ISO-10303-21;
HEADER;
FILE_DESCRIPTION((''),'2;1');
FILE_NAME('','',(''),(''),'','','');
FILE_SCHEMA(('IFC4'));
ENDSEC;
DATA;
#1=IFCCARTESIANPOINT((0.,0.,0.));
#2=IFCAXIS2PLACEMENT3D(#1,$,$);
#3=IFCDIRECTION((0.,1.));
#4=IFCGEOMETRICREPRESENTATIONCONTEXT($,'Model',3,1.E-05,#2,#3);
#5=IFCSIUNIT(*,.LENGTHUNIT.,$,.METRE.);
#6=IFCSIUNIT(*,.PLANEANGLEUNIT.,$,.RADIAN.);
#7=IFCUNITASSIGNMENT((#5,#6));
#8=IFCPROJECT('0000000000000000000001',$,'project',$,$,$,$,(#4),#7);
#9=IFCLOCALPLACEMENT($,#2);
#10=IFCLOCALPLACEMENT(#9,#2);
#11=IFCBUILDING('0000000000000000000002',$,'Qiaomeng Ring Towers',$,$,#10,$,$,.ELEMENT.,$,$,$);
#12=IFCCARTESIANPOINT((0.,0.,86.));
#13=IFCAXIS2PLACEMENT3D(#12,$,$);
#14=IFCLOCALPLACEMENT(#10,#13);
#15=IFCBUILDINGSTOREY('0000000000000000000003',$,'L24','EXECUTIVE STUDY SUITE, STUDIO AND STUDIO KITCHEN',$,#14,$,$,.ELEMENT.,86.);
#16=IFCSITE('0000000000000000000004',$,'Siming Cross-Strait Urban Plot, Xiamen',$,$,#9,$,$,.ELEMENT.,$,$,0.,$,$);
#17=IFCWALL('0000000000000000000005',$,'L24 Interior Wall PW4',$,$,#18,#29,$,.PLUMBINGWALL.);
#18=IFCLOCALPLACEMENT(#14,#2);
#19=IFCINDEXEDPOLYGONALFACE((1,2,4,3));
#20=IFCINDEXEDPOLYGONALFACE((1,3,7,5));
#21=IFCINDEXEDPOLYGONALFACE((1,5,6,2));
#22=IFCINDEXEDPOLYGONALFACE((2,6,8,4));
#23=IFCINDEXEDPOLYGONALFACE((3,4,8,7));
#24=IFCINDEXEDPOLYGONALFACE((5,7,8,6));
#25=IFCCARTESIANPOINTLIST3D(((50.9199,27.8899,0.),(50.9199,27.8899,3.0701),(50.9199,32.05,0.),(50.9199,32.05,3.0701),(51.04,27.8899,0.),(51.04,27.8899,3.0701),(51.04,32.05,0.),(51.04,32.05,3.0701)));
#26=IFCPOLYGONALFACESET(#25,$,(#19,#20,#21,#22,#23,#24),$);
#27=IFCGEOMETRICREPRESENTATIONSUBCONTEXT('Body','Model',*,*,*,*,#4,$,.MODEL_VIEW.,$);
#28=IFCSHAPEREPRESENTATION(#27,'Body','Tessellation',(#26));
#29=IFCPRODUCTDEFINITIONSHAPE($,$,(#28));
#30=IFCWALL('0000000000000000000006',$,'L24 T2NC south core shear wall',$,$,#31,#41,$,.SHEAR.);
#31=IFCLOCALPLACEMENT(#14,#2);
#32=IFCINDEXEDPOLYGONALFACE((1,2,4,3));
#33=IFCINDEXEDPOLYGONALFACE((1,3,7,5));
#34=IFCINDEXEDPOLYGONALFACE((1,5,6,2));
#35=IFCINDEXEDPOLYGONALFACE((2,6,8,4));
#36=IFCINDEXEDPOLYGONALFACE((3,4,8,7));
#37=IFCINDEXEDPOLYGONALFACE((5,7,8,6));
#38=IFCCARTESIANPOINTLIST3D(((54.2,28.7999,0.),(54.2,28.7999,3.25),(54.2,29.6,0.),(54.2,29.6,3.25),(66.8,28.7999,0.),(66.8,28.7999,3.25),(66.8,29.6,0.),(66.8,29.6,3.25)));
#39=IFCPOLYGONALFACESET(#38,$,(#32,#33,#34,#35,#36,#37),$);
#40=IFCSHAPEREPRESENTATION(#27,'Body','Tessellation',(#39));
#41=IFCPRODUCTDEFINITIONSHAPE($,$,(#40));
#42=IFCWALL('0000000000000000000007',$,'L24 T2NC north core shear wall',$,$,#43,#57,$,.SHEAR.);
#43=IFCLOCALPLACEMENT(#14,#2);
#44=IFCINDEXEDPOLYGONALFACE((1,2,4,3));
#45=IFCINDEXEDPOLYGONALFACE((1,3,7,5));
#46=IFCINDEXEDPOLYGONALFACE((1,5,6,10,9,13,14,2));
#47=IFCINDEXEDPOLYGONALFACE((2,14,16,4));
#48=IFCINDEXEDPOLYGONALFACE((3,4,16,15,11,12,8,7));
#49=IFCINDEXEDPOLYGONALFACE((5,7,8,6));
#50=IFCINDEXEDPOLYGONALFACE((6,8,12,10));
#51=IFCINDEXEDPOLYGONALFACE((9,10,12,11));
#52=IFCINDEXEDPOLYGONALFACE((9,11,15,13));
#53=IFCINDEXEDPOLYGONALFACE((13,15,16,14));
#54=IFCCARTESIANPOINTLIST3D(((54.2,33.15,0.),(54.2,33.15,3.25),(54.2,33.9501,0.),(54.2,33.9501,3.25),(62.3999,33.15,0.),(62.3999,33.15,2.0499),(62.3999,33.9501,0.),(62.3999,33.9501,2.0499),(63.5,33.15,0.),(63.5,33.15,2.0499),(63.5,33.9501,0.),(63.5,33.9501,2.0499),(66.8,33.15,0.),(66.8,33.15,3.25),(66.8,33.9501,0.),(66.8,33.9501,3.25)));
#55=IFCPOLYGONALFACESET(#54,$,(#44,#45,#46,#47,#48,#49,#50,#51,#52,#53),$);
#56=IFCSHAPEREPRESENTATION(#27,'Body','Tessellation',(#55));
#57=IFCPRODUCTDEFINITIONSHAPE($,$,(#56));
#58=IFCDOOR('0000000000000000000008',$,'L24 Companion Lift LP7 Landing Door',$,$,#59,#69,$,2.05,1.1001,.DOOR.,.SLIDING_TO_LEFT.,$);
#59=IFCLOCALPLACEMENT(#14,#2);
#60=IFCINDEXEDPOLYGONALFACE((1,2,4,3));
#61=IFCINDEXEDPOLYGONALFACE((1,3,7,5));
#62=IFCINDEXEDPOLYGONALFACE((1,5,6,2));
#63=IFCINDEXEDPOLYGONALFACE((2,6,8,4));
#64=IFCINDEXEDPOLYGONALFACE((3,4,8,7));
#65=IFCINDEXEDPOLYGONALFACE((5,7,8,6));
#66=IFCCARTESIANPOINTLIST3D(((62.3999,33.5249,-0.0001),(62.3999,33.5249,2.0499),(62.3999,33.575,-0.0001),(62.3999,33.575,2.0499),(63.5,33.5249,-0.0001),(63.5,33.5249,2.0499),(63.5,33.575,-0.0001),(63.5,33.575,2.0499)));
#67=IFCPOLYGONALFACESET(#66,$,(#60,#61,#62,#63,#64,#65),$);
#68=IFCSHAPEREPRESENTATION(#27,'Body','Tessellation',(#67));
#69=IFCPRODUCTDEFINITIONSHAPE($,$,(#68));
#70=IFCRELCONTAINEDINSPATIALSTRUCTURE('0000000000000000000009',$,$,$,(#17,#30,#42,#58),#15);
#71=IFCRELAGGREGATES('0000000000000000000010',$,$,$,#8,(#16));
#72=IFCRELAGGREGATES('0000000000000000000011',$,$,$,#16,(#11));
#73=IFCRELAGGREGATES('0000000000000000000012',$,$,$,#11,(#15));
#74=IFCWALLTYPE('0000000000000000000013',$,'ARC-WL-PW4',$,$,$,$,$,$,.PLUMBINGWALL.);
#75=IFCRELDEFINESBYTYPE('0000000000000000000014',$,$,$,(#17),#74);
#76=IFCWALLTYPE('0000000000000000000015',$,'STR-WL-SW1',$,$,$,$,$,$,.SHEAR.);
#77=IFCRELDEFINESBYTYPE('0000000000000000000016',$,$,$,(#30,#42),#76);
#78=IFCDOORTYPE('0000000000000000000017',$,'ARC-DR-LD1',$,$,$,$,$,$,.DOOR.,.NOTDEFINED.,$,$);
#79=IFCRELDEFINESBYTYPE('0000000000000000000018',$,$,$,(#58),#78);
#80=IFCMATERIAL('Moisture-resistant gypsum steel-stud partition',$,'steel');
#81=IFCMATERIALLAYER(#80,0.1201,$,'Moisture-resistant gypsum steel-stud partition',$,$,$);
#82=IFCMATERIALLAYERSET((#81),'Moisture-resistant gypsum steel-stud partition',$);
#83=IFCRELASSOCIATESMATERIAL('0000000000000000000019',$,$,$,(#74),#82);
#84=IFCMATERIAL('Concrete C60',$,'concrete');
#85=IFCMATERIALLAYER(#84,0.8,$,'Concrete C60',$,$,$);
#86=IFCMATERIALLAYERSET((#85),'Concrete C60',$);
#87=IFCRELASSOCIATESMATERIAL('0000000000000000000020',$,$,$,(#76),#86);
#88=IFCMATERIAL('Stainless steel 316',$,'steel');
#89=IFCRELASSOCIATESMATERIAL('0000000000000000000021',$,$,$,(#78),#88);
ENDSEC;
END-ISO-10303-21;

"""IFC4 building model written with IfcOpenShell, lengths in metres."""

from ifc_helpers import new_model, si_unit, direction, frame, frame_2d, origin, place, context, subcontext, project, spatial, rectangle, extrude, source, transform, mapped, material, layer, layer_set, type_object, element, fill, save


model = new_model("IFC4")

# Units and contexts
model_context = context("Model", 3, precision=1e-05, world=origin(), true_north=direction((0.0, 1.0)))
body_context = subcontext(model_context, "Body", "Model", "MODEL_VIEW")
ifc_project = project(units=[si_unit("LENGTHUNIT", "METRE"), si_unit("PLANEANGLEUNIT", "RADIAN")], contexts=[model_context])

# Site, building, storey
site_placement = place(None, origin())
site = spatial("IfcSite", under=ifc_project, at=site_placement, Name="Siming Cross-Strait Urban Plot, Xiamen", CompositionType="ELEMENT", RefElevation=0.0)
building_placement = place(site_placement, origin())
building = spatial("IfcBuilding", under=site, at=building_placement, Name="Qiaomeng Ring Towers", CompositionType="ELEMENT")
storey_placement = place(building_placement, frame((0.0, 0.0, 86.0)))
storey = spatial("IfcBuildingStorey", under=building, at=storey_placement, Name="L24", Description="EXECUTIVE STUDY SUITE, STUDIO AND STUDIO KITCHEN", CompositionType="ELEMENT", Elevation=86.0)

# Walls
ifc_material_1 = material(Name="Moisture-resistant gypsum steel-stud partition", Category="steel")
ifc_layer_1 = layer(ifc_material_1, 0.1201, Name="Moisture-resistant gypsum steel-stud partition")
ifc_layer_set_1 = layer_set([ifc_layer_1], Name="Moisture-resistant gypsum steel-stud partition")
wall_type_1 = type_object("IfcWallType", Name="ARC-WL-PW4", PredefinedType="PLUMBINGWALL", material=ifc_layer_set_1)
wall_1_placement = place(storey_placement, frame((50.98, 27.8899, 0.0), z_axis=(0.0, 0.0, 1.0), x_axis=(0.0, 1.0, 0.0)))
element("IfcWall", 1, at=wall_1_placement, inside=storey, type_object=wall_type_1, Name="L24 Interior Wall PW4", PredefinedType="PLUMBINGWALL", context=body_context, shape_type="SweptSolid", body=[
    extrude(rectangle(XDim=4.1602, YDim=0.1201, at=frame_2d((2.0801, 0.0))), origin(), (0.0, 0.0, 1.0), 3.0701),
])
ifc_material_2 = material(Name="Concrete C60", Category="concrete")
ifc_layer_2 = layer(ifc_material_2, 0.8, Name="Concrete C60")
ifc_layer_set_2 = layer_set([ifc_layer_2], Name="Concrete C60")
wall_type_2 = type_object("IfcWallType", Name="STR-WL-SW1", PredefinedType="SHEAR", material=ifc_layer_set_2)
wall_2_placement = place(storey_placement, frame((54.2, 29.2, 0.0), z_axis=(0.0, 0.0, 1.0), x_axis=(1.0, 0.0, 0.0)))
element("IfcWall", 2, at=wall_2_placement, inside=storey, type_object=wall_type_2, Name="L24 T2NC south core shear wall", PredefinedType="SHEAR", context=body_context, shape_type="SweptSolid", body=[
    extrude(rectangle(XDim=12.6001, YDim=0.8, at=frame_2d((6.3, 0.0))), origin(), (0.0, 0.0, 1.0), 3.25),
])

# Wall, opening, door
wall_3_placement = place(storey_placement, frame((54.2, 33.55, 0.0), z_axis=(0.0, 0.0, 1.0), x_axis=(1.0, 0.0, 0.0)))
wall_3 = element("IfcWall", 3, at=wall_3_placement, inside=storey, type_object=wall_type_2, Name="L24 T2NC north core shear wall", PredefinedType="SHEAR", context=body_context, shape_type="SweptSolid", body=[
    extrude(rectangle(XDim=12.6001, YDim=0.8, at=frame_2d((6.3, 0.0))), origin(), (0.0, 0.0, 1.0), 3.25),
])
opening_placement = place(wall_3_placement, frame((8.2, 0.0, 0.0)))
opening = element("IfcOpeningElement", 4, at=opening_placement, cuts=wall_3, PredefinedType="OPENING", context=body_context, shape_type="SweptSolid", body=[
    extrude(rectangle(XDim=1.1001, YDim=2.05, at=frame_2d((0.55, 1.0249))), frame((0.0, 0.4099, 0.0), z_axis=(0.0, -1.0, 0.0), x_axis=(1.0, 0.0, 0.0)), (0.0, 0.0, 1.0), 0.8201),
])
ifc_material_3 = material(Name="Stainless steel 316", Category="steel")
door_type = type_object("IfcDoorType", Name="ARC-DR-LD1", OperationType="NOTDEFINED", PredefinedType="DOOR", material=ifc_material_3)
shared_shape_1 = source(origin(), body_context, "Body", "SweptSolid", [
    extrude(rectangle(XDim=1.1001, YDim=2.05, at=frame_2d((0.55, 1.0249))), frame((0.0, 0.0249, 0.0), z_axis=(0.0, -1.0, 0.0), x_axis=(1.0, 0.0, 0.0)), (0.0, 0.0, 1.0), 0.05),
])
door_placement = place(opening_placement, origin())
door = element("IfcDoor", 5, at=door_placement, inside=storey, type_object=door_type, Name="L24 Companion Lift LP7 Landing Door", OperationType="SLIDING_TO_LEFT", OverallHeight=2.05, OverallWidth=1.1001, PredefinedType="DOOR", context=body_context, shape_type="MappedRepresentation", body=[
    mapped(shared_shape_1, transform((0.0, 0.0, 0.0), x_axis=(1.0, 0.0, 0.0), y_axis=(0.0, 1.0, 0.0), z_axis=(0.0, 0.0, 1.0), scale=1.0)),
])
fill(opening, door)

save(model, "model.ifc")
